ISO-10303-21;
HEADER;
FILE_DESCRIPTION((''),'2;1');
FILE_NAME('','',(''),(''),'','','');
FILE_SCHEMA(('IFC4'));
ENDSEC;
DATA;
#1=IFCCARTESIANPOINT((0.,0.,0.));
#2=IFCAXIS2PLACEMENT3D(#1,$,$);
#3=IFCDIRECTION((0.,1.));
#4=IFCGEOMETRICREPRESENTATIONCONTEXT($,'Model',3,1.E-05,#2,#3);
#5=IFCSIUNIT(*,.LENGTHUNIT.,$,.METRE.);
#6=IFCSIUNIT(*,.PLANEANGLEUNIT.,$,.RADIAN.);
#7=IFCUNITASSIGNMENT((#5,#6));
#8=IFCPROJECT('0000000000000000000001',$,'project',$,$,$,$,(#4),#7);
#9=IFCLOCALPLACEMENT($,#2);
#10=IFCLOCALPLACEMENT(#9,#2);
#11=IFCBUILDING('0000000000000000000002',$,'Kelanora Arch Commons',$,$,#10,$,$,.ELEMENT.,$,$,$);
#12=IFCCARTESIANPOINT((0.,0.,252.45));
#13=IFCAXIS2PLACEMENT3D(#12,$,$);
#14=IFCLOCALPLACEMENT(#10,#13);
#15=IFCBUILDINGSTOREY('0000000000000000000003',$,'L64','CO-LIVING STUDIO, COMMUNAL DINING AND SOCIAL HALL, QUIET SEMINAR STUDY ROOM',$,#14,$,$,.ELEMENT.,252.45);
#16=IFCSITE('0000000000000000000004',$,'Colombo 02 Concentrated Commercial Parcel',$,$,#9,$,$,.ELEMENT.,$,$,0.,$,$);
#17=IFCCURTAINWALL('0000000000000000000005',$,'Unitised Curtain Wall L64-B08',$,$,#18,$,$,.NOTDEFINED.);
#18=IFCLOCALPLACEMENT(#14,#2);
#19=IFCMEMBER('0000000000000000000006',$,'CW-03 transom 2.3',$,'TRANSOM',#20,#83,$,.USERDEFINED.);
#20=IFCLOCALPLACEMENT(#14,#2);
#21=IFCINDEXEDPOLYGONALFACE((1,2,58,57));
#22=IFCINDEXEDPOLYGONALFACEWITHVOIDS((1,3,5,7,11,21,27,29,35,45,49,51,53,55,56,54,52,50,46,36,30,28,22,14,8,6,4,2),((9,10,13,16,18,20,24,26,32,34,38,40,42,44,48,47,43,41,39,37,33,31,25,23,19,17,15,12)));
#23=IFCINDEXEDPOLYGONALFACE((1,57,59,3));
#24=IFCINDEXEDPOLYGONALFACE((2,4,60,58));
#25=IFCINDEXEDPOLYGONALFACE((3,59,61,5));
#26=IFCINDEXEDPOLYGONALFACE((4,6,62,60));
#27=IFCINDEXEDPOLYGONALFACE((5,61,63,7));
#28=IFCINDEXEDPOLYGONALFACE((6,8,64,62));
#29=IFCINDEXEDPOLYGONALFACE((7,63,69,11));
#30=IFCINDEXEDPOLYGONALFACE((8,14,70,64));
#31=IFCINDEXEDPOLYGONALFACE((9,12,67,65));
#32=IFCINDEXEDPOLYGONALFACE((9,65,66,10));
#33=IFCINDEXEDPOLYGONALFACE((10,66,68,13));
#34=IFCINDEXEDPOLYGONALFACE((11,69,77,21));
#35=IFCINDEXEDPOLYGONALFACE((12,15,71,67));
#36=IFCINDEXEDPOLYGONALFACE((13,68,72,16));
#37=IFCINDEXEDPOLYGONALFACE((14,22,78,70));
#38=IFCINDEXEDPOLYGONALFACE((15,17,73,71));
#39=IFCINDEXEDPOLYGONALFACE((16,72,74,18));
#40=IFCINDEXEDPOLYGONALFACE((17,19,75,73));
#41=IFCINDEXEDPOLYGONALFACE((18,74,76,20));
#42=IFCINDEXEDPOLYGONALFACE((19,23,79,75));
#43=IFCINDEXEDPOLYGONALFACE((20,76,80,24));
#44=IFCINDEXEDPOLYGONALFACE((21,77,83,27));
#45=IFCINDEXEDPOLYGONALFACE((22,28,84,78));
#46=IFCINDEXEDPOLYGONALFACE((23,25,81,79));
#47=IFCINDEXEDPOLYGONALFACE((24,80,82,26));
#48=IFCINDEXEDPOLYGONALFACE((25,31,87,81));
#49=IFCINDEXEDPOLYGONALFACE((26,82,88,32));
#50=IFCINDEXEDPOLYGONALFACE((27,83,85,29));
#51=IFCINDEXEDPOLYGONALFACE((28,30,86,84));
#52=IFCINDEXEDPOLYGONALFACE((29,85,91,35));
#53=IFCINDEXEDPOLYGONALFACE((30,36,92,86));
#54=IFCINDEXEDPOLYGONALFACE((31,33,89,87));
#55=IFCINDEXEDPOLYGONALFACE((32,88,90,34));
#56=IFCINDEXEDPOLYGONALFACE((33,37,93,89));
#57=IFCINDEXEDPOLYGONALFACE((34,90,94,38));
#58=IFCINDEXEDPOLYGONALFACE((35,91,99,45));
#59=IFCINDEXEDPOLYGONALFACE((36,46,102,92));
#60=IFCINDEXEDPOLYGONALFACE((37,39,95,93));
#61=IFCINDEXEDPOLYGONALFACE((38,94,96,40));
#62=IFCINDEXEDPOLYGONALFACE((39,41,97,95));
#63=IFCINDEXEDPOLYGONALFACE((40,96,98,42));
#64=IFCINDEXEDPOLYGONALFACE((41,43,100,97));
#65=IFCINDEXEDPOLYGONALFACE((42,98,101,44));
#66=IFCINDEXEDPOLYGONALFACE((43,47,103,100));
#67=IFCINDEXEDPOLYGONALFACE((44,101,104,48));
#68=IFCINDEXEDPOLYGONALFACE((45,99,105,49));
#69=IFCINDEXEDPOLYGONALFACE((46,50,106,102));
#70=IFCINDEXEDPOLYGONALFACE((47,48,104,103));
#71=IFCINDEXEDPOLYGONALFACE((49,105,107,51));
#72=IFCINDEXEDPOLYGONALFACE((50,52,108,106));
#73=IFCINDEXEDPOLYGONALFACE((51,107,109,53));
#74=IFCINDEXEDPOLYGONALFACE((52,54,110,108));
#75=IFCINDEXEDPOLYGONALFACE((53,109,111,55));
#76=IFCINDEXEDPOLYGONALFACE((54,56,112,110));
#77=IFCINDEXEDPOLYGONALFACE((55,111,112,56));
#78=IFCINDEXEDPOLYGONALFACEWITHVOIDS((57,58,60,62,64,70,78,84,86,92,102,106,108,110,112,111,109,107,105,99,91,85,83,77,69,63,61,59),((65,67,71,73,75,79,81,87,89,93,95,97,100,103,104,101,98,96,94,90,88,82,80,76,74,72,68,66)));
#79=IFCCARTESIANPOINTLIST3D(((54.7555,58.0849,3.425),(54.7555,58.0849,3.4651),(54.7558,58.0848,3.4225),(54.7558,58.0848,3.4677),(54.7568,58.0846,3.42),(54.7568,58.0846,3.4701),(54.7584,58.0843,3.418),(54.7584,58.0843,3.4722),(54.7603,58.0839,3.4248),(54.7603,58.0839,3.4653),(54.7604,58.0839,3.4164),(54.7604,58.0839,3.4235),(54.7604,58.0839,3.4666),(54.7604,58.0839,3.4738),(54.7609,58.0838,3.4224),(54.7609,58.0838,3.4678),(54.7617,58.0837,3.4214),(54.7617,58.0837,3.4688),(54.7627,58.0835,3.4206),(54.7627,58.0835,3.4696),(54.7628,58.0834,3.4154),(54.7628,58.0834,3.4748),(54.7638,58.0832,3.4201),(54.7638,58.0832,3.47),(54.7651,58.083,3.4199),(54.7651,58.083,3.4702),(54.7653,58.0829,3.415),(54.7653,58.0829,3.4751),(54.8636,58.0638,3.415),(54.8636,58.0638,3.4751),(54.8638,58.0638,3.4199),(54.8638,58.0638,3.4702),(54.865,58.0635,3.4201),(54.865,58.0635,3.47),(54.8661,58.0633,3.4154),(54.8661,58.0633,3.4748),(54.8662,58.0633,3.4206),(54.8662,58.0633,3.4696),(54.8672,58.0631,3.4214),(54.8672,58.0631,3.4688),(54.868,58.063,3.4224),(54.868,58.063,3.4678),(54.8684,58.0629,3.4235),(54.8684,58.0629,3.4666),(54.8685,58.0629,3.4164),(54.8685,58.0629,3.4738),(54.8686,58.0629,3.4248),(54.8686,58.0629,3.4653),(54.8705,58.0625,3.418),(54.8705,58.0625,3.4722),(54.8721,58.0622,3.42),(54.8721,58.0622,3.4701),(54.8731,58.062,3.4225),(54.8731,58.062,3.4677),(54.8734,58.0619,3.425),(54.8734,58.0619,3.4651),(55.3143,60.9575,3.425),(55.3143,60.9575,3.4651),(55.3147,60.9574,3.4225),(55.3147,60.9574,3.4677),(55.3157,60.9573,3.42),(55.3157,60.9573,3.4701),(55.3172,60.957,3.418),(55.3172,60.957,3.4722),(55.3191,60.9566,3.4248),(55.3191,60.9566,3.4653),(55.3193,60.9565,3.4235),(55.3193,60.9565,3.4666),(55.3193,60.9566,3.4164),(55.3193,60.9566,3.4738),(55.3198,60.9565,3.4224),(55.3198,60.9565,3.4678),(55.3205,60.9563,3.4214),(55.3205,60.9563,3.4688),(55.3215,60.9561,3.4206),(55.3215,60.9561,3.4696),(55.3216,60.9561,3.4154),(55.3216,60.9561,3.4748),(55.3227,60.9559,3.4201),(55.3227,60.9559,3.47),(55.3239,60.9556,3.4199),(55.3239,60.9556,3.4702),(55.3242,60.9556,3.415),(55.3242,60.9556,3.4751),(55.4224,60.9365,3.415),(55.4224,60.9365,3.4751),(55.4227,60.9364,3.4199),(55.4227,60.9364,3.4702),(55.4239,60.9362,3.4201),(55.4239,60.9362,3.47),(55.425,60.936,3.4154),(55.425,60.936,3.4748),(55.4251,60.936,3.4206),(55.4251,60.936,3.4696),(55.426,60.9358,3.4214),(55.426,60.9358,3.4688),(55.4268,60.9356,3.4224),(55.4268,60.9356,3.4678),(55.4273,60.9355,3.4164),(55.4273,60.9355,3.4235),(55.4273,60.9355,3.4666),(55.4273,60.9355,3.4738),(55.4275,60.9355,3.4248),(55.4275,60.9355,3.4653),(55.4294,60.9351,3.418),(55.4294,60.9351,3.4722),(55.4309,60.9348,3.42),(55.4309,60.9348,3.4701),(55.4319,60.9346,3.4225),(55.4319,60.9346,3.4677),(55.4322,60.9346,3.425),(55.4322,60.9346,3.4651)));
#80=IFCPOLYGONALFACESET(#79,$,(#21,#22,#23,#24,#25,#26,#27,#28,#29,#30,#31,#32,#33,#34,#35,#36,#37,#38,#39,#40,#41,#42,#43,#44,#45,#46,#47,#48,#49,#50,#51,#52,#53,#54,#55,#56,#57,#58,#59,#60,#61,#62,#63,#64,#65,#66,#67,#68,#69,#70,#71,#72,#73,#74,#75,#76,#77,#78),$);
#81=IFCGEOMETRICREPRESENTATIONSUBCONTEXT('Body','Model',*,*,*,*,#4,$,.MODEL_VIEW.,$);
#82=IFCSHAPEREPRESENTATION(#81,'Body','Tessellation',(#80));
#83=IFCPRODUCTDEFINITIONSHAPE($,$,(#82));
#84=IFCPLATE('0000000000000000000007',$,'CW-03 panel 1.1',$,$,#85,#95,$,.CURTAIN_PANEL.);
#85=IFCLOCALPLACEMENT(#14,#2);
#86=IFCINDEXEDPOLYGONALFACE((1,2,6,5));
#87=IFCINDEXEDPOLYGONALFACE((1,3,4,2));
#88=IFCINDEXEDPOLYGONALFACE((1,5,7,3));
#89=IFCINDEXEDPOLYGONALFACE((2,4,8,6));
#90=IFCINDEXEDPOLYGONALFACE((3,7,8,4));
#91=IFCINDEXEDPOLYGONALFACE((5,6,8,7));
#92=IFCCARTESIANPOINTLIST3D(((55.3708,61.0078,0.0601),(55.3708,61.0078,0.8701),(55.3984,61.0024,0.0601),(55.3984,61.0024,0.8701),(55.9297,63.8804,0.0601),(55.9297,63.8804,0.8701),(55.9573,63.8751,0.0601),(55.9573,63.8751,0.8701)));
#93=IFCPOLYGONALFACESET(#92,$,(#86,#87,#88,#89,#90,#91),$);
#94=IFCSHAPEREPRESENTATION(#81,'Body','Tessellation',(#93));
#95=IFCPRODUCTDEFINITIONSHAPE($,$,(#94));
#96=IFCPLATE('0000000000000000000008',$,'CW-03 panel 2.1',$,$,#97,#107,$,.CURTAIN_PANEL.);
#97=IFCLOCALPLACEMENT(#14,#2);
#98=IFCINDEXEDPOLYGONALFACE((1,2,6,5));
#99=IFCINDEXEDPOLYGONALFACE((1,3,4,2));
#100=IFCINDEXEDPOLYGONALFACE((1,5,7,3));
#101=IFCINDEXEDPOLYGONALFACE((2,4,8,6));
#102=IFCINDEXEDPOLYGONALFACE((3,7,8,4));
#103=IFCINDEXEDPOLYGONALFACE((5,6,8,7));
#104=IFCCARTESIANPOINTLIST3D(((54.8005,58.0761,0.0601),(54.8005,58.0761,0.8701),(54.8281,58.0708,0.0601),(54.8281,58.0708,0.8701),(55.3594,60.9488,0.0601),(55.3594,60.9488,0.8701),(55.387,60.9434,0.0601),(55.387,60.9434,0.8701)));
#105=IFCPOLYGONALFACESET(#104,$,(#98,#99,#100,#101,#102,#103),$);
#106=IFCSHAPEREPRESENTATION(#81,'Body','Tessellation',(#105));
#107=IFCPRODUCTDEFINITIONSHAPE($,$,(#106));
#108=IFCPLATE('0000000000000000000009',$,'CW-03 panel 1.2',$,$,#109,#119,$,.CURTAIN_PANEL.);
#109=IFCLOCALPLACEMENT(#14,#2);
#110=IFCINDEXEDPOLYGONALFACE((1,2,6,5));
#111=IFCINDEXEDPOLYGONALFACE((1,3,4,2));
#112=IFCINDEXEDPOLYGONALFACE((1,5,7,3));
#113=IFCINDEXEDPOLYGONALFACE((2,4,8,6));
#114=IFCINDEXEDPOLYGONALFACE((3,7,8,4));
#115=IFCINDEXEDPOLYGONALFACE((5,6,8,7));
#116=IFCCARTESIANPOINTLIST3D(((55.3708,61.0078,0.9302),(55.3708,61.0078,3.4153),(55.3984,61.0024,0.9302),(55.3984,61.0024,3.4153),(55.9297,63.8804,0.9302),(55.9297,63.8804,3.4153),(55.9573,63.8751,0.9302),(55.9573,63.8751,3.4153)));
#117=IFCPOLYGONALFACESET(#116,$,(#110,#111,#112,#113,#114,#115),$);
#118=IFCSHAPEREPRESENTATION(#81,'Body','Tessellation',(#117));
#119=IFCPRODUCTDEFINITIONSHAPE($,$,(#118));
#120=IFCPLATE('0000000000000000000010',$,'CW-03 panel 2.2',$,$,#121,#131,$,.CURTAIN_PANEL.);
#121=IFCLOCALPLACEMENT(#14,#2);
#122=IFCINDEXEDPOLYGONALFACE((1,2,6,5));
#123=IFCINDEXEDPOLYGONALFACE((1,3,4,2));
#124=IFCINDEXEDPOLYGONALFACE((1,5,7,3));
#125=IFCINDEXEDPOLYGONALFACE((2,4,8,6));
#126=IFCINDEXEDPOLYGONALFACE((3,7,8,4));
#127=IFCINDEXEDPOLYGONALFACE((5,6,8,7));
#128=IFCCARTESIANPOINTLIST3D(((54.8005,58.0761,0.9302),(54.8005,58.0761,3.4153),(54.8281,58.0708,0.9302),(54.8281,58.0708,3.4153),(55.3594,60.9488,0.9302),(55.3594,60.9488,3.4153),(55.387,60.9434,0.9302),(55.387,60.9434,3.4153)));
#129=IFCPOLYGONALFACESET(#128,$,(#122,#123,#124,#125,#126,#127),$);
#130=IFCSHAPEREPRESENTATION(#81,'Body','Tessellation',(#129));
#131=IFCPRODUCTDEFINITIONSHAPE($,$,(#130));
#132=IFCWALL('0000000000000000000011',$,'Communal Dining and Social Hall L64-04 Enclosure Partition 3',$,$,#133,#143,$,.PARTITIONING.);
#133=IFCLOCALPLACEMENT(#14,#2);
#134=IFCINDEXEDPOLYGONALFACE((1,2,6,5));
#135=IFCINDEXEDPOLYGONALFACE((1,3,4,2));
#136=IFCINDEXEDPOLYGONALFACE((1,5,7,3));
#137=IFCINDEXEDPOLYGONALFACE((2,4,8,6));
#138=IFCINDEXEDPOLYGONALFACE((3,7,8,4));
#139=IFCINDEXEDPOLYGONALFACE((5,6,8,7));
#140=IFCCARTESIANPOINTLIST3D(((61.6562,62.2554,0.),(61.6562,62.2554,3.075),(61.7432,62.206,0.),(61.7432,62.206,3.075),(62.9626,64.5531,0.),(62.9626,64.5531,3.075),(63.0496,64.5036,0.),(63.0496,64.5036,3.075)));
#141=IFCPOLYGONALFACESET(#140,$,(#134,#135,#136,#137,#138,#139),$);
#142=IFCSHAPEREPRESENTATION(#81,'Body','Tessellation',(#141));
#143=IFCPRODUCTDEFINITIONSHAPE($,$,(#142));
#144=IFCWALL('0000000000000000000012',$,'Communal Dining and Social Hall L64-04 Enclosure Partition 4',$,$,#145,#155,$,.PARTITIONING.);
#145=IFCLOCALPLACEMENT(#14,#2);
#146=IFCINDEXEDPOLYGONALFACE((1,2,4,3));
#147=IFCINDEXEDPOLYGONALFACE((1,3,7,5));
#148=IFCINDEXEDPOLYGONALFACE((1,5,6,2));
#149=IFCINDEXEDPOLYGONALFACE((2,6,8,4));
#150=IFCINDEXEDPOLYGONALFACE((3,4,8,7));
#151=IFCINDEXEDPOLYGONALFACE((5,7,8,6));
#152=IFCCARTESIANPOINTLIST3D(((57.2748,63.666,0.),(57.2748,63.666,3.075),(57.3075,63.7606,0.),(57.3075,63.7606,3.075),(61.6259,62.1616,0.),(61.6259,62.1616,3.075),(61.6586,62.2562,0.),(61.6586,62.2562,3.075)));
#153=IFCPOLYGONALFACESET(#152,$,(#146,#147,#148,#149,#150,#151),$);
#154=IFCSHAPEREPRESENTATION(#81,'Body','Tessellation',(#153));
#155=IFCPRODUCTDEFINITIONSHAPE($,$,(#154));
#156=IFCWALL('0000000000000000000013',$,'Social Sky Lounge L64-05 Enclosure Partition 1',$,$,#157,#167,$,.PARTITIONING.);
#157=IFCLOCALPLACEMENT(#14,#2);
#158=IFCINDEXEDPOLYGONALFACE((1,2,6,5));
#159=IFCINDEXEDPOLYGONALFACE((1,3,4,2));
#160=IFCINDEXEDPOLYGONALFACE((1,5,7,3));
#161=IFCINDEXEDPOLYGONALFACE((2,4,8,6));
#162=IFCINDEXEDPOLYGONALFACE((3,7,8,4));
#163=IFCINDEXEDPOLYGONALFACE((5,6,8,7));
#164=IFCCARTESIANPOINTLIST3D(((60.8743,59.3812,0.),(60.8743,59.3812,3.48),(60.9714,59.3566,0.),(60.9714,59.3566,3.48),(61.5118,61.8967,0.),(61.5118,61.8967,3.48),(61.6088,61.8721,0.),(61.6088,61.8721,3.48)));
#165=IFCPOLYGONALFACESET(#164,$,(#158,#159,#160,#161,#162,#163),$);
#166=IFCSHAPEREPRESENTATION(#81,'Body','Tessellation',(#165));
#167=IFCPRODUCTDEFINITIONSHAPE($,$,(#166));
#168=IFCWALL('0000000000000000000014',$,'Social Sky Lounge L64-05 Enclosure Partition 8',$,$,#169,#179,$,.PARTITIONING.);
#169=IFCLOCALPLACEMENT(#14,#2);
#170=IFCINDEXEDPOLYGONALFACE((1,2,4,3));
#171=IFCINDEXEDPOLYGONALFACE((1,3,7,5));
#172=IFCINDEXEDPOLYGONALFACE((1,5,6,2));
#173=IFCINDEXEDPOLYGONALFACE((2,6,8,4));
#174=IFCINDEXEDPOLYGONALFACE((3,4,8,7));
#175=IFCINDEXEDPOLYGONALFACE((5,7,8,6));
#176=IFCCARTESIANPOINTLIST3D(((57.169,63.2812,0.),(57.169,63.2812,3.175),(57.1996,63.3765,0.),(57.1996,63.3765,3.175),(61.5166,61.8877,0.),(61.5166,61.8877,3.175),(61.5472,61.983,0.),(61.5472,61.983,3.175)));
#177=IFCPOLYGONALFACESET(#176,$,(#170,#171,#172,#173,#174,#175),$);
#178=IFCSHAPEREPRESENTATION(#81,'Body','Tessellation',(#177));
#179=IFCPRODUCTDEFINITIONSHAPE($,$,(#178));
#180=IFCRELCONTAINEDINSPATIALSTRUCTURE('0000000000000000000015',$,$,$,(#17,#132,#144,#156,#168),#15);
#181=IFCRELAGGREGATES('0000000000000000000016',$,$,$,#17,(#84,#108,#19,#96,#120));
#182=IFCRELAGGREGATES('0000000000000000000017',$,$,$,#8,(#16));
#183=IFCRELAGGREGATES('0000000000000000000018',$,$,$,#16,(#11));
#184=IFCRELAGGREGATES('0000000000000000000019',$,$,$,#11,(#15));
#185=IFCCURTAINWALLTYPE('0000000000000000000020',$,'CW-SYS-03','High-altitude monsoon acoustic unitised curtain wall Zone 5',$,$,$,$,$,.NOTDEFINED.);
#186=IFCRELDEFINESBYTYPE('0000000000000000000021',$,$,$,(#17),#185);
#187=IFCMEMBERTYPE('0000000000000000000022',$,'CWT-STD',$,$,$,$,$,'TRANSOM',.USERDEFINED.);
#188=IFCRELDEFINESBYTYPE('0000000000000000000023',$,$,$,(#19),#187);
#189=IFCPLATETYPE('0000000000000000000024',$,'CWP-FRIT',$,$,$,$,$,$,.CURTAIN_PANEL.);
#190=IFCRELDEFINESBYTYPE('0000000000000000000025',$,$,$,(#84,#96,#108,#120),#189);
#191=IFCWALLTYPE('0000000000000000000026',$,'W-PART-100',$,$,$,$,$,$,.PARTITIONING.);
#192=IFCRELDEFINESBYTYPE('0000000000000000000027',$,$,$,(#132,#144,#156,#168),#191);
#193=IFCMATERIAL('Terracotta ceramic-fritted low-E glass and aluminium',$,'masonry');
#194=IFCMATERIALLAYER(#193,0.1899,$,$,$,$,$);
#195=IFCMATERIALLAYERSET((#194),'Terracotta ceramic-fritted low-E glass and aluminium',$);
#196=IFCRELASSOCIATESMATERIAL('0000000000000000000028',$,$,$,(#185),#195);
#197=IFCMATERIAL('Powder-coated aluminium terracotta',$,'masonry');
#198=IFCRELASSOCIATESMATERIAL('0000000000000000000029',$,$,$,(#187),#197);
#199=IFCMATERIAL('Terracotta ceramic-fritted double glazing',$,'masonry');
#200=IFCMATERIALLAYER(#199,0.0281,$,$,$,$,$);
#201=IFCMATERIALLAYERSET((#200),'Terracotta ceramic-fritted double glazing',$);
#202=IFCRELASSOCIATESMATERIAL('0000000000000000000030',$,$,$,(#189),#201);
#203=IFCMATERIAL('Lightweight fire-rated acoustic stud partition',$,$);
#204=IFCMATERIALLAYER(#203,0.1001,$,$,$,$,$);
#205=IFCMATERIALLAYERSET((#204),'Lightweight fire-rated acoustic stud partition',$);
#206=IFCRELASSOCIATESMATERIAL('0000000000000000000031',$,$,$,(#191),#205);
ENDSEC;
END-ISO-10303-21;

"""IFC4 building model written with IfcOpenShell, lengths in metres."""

from ifc_helpers import new_model, si_unit, direction, frame, frame_2d, origin, origin_2d, place, context, subcontext, project, spatial, rectangle, hollow_rectangle, extrude, source, transform, mapped, material, layer, layer_set, material_profile, profile_set, type_object, element, aggregate, save


model = new_model("IFC4")

# Units and contexts
model_context = context("Model", 3, precision=1e-05, world=origin(), true_north=direction((0.0, 1.0)))
body_context = subcontext(model_context, "Body", "Model", "MODEL_VIEW")
ifc_project = project(units=[si_unit("LENGTHUNIT", "METRE"), si_unit("PLANEANGLEUNIT", "RADIAN")], contexts=[model_context])

# Site, building, storey
site_placement = place(None, origin())
site = spatial("IfcSite", under=ifc_project, at=site_placement, Name="Colombo 02 Concentrated Commercial Parcel", CompositionType="ELEMENT", RefElevation=0.0)
building_placement = place(site_placement, origin())
building = spatial("IfcBuilding", under=site, at=building_placement, Name="Kelanora Arch Commons", CompositionType="ELEMENT")
storey_placement = place(building_placement, frame((0.0, 0.0, 252.45)))
storey = spatial("IfcBuildingStorey", under=building, at=storey_placement, Name="L64", Description="CO-LIVING STUDIO, COMMUNAL DINING AND SOCIAL HALL, QUIET SEMINAR STUDY ROOM", CompositionType="ELEMENT", Elevation=252.45)

# Curtain wall, member, plates
ifc_material_1 = material(Name="Terracotta ceramic-fritted low-E glass and aluminium", Category="masonry")
ifc_layer_1 = layer(ifc_material_1, 0.1899)
ifc_layer_set_1 = layer_set([ifc_layer_1], Name="Terracotta ceramic-fritted low-E glass and aluminium")
curtain_wall_type = type_object("IfcCurtainWallType", Name="CW-SYS-03", Description="High-altitude monsoon acoustic unitised curtain wall Zone 5", PredefinedType="NOTDEFINED", material=ifc_layer_set_1)
curtain_wall_placement = place(storey_placement, origin())
curtain_wall = element("IfcCurtainWall", 1, at=curtain_wall_placement, inside=storey, type_object=curtain_wall_type, Name="Unitised Curtain Wall L64-B08", PredefinedType="NOTDEFINED")
ifc_material_2 = material(Name="Powder-coated aluminium terracotta", Category="masonry")
ifc_material_profile_1 = material_profile(ifc_material_2, hollow_rectangle(XDim=0.1201, YDim=0.0601, WallThickness=0.0049, InnerFilletRadius=0.0049, OuterFilletRadius=0.01, at=origin_2d()), Name="CWT120x60")
ifc_profile_set_1 = profile_set([ifc_material_profile_1], Name="Powder-coated aluminium terracotta")
member_type_1 = type_object("IfcMemberType", Name="CWT-STD", ElementType="TRANSOM", PredefinedType="USERDEFINED", material=ifc_profile_set_1)
member_1_placement = place(storey_placement, frame((55.3733, 60.946, 3.4451), z_axis=(-0.190963, -0.981597, 0.0), x_axis=(0.981597, -0.190963, 0.0)))
member_1 = element("IfcMember", 2, at=member_1_placement, type_object=member_type_1, Name="CW-03 transom 2.3", ObjectType="TRANSOM", PredefinedType="USERDEFINED", context=body_context, shape_type="SweptSolid", body=[
    extrude(hollow_rectangle(XDim=0.1201, YDim=0.0601, WallThickness=0.0049, InnerFilletRadius=0.0049, OuterFilletRadius=0.01, at=origin_2d()), origin(), (0.0, 0.0, 1.0), 2.9265),
])
ifc_material_3 = material(Name="Terracotta ceramic-fritted double glazing", Category="masonry")
ifc_layer_2 = layer(ifc_material_3, 0.0281)
ifc_layer_set_2 = layer_set([ifc_layer_2], Name="Terracotta ceramic-fritted double glazing")
plate_type = type_object("IfcPlateType", Name="CWP-FRIT", PredefinedType="CURTAIN_PANEL", material=ifc_layer_set_2)
shared_shape_1 = source(origin(), body_context, "Body", "SweptSolid", [
    extrude(rectangle(XDim=2.9265, YDim=0.0281, at=origin_2d()), origin(), (0.0, 0.0, 1.0), 0.8101),
])
plate_1_placement = place(storey_placement, frame((55.6641, 62.4414, 0.0601), z_axis=(0.0, 0.0, 1.0), x_axis=(-0.190972, -0.981596, 0.0)))
plate_1 = element("IfcPlate", 3, at=plate_1_placement, type_object=plate_type, Name="CW-03 panel 1.1", PredefinedType="CURTAIN_PANEL", context=body_context, shape_type="MappedRepresentation", body=[
    mapped(shared_shape_1, transform((0.0, 0.0, 0.0), scale=1.0)),
])
plate_2_placement = place(storey_placement, frame((55.0938, 59.5098, 0.0601), z_axis=(0.0, 0.0, 1.0), x_axis=(-0.190972, -0.981596, 0.0)))
plate_2 = element("IfcPlate", 4, at=plate_2_placement, type_object=plate_type, Name="CW-03 panel 2.1", PredefinedType="CURTAIN_PANEL", context=body_context, shape_type="MappedRepresentation", body=[
    mapped(shared_shape_1, transform((0.0, 0.0, 0.0), scale=1.0)),
])
shared_shape_2 = source(origin(), body_context, "Body", "SweptSolid", [
    extrude(rectangle(XDim=2.9265, YDim=0.0281, at=origin_2d()), origin(), (0.0, 0.0, 1.0), 2.4851),
])
plate_3_placement = place(storey_placement, frame((55.6641, 62.4414, 0.9302), z_axis=(0.0, 0.0, 1.0), x_axis=(-0.190972, -0.981596, 0.0)))
plate_3 = element("IfcPlate", 5, at=plate_3_placement, type_object=plate_type, Name="CW-03 panel 1.2", PredefinedType="CURTAIN_PANEL", context=body_context, shape_type="MappedRepresentation", body=[
    mapped(shared_shape_2, transform((0.0, 0.0, 0.0), scale=1.0)),
])
plate_4_placement = place(storey_placement, frame((55.0938, 59.5098, 0.9302), z_axis=(0.0, 0.0, 1.0), x_axis=(-0.190972, -0.981596, 0.0)))
plate_4 = element("IfcPlate", 6, at=plate_4_placement, type_object=plate_type, Name="CW-03 panel 2.2", PredefinedType="CURTAIN_PANEL", context=body_context, shape_type="MappedRepresentation", body=[
    mapped(shared_shape_2, transform((0.0, 0.0, 0.0), scale=1.0)),
])
aggregate(curtain_wall, [plate_1, plate_3, member_1, plate_2, plate_4])

# Walls
ifc_material_4 = material(Name="Lightweight fire-rated acoustic stud partition")
ifc_layer_3 = layer(ifc_material_4, 0.1001)
ifc_layer_set_3 = layer_set([ifc_layer_3], Name="Lightweight fire-rated acoustic stud partition")
wall_type_1 = type_object("IfcWallType", Name="W-PART-100", PredefinedType="PARTITIONING", material=ifc_layer_set_3)
wall_1_placement = place(storey_placement, frame((63.0061, 64.5283, 0.0), z_axis=(0.0, 0.0, 1.0), x_axis=(-0.494278, -0.869304, 0.0)))
element("IfcWall", 7, at=wall_1_placement, inside=storey, type_object=wall_type_1, Name="Communal Dining and Social Hall L64-04 Enclosure Partition 3", PredefinedType="PARTITIONING", context=body_context, shape_type="SweptSolid", body=[
    extrude(rectangle(XDim=2.6431, YDim=0.1001, at=frame_2d((1.3215, 0.0))), origin(), (0.0, 0.0, 1.0), 3.075),
])
wall_2_placement = place(storey_placement, frame((61.6421, 62.209, 0.0), z_axis=(0.0, 0.0, 1.0), x_axis=(-0.945103, 0.326772, 0.0)))
element("IfcWall", 8, at=wall_2_placement, inside=storey, type_object=wall_type_1, Name="Communal Dining and Social Hall L64-04 Enclosure Partition 4", PredefinedType="PARTITIONING", context=body_context, shape_type="SweptSolid", body=[
    extrude(rectangle(XDim=4.6038, YDim=0.1001, at=frame_2d((2.3018, 0.0))), origin(), (0.0, 0.0, 1.0), 3.075),
])
wall_3_placement = place(storey_placement, frame((61.5603, 61.8843, 0.0), z_axis=(0.0, 0.0, 1.0), x_axis=(-0.245656, -0.969357, 0.0)))
element("IfcWall", 9, at=wall_3_placement, inside=storey, type_object=wall_type_1, Name="Social Sky Lounge L64-05 Enclosure Partition 1", PredefinedType="PARTITIONING", context=body_context, shape_type="SweptSolid", body=[
    extrude(rectangle(XDim=2.595, YDim=0.1001, at=frame_2d((1.2974, 0.0))), origin(), (0.0, 0.0, 1.0), 3.48),
])
wall_4_placement = place(storey_placement, frame((57.1843, 63.3289, 0.0), z_axis=(0.0, 0.0, 1.0), x_axis=(0.952278, -0.305234, 0.0)))
element("IfcWall", 10, at=wall_4_placement, inside=storey, type_object=wall_type_1, Name="Social Sky Lounge L64-05 Enclosure Partition 8", PredefinedType="PARTITIONING", context=body_context, shape_type="SweptSolid", body=[
    extrude(rectangle(XDim=4.5654, YDim=0.1001, at=frame_2d((2.2827, 0.0))), origin(), (0.0, 0.0, 1.0), 3.175),
])

save(model, "model.ifc")
